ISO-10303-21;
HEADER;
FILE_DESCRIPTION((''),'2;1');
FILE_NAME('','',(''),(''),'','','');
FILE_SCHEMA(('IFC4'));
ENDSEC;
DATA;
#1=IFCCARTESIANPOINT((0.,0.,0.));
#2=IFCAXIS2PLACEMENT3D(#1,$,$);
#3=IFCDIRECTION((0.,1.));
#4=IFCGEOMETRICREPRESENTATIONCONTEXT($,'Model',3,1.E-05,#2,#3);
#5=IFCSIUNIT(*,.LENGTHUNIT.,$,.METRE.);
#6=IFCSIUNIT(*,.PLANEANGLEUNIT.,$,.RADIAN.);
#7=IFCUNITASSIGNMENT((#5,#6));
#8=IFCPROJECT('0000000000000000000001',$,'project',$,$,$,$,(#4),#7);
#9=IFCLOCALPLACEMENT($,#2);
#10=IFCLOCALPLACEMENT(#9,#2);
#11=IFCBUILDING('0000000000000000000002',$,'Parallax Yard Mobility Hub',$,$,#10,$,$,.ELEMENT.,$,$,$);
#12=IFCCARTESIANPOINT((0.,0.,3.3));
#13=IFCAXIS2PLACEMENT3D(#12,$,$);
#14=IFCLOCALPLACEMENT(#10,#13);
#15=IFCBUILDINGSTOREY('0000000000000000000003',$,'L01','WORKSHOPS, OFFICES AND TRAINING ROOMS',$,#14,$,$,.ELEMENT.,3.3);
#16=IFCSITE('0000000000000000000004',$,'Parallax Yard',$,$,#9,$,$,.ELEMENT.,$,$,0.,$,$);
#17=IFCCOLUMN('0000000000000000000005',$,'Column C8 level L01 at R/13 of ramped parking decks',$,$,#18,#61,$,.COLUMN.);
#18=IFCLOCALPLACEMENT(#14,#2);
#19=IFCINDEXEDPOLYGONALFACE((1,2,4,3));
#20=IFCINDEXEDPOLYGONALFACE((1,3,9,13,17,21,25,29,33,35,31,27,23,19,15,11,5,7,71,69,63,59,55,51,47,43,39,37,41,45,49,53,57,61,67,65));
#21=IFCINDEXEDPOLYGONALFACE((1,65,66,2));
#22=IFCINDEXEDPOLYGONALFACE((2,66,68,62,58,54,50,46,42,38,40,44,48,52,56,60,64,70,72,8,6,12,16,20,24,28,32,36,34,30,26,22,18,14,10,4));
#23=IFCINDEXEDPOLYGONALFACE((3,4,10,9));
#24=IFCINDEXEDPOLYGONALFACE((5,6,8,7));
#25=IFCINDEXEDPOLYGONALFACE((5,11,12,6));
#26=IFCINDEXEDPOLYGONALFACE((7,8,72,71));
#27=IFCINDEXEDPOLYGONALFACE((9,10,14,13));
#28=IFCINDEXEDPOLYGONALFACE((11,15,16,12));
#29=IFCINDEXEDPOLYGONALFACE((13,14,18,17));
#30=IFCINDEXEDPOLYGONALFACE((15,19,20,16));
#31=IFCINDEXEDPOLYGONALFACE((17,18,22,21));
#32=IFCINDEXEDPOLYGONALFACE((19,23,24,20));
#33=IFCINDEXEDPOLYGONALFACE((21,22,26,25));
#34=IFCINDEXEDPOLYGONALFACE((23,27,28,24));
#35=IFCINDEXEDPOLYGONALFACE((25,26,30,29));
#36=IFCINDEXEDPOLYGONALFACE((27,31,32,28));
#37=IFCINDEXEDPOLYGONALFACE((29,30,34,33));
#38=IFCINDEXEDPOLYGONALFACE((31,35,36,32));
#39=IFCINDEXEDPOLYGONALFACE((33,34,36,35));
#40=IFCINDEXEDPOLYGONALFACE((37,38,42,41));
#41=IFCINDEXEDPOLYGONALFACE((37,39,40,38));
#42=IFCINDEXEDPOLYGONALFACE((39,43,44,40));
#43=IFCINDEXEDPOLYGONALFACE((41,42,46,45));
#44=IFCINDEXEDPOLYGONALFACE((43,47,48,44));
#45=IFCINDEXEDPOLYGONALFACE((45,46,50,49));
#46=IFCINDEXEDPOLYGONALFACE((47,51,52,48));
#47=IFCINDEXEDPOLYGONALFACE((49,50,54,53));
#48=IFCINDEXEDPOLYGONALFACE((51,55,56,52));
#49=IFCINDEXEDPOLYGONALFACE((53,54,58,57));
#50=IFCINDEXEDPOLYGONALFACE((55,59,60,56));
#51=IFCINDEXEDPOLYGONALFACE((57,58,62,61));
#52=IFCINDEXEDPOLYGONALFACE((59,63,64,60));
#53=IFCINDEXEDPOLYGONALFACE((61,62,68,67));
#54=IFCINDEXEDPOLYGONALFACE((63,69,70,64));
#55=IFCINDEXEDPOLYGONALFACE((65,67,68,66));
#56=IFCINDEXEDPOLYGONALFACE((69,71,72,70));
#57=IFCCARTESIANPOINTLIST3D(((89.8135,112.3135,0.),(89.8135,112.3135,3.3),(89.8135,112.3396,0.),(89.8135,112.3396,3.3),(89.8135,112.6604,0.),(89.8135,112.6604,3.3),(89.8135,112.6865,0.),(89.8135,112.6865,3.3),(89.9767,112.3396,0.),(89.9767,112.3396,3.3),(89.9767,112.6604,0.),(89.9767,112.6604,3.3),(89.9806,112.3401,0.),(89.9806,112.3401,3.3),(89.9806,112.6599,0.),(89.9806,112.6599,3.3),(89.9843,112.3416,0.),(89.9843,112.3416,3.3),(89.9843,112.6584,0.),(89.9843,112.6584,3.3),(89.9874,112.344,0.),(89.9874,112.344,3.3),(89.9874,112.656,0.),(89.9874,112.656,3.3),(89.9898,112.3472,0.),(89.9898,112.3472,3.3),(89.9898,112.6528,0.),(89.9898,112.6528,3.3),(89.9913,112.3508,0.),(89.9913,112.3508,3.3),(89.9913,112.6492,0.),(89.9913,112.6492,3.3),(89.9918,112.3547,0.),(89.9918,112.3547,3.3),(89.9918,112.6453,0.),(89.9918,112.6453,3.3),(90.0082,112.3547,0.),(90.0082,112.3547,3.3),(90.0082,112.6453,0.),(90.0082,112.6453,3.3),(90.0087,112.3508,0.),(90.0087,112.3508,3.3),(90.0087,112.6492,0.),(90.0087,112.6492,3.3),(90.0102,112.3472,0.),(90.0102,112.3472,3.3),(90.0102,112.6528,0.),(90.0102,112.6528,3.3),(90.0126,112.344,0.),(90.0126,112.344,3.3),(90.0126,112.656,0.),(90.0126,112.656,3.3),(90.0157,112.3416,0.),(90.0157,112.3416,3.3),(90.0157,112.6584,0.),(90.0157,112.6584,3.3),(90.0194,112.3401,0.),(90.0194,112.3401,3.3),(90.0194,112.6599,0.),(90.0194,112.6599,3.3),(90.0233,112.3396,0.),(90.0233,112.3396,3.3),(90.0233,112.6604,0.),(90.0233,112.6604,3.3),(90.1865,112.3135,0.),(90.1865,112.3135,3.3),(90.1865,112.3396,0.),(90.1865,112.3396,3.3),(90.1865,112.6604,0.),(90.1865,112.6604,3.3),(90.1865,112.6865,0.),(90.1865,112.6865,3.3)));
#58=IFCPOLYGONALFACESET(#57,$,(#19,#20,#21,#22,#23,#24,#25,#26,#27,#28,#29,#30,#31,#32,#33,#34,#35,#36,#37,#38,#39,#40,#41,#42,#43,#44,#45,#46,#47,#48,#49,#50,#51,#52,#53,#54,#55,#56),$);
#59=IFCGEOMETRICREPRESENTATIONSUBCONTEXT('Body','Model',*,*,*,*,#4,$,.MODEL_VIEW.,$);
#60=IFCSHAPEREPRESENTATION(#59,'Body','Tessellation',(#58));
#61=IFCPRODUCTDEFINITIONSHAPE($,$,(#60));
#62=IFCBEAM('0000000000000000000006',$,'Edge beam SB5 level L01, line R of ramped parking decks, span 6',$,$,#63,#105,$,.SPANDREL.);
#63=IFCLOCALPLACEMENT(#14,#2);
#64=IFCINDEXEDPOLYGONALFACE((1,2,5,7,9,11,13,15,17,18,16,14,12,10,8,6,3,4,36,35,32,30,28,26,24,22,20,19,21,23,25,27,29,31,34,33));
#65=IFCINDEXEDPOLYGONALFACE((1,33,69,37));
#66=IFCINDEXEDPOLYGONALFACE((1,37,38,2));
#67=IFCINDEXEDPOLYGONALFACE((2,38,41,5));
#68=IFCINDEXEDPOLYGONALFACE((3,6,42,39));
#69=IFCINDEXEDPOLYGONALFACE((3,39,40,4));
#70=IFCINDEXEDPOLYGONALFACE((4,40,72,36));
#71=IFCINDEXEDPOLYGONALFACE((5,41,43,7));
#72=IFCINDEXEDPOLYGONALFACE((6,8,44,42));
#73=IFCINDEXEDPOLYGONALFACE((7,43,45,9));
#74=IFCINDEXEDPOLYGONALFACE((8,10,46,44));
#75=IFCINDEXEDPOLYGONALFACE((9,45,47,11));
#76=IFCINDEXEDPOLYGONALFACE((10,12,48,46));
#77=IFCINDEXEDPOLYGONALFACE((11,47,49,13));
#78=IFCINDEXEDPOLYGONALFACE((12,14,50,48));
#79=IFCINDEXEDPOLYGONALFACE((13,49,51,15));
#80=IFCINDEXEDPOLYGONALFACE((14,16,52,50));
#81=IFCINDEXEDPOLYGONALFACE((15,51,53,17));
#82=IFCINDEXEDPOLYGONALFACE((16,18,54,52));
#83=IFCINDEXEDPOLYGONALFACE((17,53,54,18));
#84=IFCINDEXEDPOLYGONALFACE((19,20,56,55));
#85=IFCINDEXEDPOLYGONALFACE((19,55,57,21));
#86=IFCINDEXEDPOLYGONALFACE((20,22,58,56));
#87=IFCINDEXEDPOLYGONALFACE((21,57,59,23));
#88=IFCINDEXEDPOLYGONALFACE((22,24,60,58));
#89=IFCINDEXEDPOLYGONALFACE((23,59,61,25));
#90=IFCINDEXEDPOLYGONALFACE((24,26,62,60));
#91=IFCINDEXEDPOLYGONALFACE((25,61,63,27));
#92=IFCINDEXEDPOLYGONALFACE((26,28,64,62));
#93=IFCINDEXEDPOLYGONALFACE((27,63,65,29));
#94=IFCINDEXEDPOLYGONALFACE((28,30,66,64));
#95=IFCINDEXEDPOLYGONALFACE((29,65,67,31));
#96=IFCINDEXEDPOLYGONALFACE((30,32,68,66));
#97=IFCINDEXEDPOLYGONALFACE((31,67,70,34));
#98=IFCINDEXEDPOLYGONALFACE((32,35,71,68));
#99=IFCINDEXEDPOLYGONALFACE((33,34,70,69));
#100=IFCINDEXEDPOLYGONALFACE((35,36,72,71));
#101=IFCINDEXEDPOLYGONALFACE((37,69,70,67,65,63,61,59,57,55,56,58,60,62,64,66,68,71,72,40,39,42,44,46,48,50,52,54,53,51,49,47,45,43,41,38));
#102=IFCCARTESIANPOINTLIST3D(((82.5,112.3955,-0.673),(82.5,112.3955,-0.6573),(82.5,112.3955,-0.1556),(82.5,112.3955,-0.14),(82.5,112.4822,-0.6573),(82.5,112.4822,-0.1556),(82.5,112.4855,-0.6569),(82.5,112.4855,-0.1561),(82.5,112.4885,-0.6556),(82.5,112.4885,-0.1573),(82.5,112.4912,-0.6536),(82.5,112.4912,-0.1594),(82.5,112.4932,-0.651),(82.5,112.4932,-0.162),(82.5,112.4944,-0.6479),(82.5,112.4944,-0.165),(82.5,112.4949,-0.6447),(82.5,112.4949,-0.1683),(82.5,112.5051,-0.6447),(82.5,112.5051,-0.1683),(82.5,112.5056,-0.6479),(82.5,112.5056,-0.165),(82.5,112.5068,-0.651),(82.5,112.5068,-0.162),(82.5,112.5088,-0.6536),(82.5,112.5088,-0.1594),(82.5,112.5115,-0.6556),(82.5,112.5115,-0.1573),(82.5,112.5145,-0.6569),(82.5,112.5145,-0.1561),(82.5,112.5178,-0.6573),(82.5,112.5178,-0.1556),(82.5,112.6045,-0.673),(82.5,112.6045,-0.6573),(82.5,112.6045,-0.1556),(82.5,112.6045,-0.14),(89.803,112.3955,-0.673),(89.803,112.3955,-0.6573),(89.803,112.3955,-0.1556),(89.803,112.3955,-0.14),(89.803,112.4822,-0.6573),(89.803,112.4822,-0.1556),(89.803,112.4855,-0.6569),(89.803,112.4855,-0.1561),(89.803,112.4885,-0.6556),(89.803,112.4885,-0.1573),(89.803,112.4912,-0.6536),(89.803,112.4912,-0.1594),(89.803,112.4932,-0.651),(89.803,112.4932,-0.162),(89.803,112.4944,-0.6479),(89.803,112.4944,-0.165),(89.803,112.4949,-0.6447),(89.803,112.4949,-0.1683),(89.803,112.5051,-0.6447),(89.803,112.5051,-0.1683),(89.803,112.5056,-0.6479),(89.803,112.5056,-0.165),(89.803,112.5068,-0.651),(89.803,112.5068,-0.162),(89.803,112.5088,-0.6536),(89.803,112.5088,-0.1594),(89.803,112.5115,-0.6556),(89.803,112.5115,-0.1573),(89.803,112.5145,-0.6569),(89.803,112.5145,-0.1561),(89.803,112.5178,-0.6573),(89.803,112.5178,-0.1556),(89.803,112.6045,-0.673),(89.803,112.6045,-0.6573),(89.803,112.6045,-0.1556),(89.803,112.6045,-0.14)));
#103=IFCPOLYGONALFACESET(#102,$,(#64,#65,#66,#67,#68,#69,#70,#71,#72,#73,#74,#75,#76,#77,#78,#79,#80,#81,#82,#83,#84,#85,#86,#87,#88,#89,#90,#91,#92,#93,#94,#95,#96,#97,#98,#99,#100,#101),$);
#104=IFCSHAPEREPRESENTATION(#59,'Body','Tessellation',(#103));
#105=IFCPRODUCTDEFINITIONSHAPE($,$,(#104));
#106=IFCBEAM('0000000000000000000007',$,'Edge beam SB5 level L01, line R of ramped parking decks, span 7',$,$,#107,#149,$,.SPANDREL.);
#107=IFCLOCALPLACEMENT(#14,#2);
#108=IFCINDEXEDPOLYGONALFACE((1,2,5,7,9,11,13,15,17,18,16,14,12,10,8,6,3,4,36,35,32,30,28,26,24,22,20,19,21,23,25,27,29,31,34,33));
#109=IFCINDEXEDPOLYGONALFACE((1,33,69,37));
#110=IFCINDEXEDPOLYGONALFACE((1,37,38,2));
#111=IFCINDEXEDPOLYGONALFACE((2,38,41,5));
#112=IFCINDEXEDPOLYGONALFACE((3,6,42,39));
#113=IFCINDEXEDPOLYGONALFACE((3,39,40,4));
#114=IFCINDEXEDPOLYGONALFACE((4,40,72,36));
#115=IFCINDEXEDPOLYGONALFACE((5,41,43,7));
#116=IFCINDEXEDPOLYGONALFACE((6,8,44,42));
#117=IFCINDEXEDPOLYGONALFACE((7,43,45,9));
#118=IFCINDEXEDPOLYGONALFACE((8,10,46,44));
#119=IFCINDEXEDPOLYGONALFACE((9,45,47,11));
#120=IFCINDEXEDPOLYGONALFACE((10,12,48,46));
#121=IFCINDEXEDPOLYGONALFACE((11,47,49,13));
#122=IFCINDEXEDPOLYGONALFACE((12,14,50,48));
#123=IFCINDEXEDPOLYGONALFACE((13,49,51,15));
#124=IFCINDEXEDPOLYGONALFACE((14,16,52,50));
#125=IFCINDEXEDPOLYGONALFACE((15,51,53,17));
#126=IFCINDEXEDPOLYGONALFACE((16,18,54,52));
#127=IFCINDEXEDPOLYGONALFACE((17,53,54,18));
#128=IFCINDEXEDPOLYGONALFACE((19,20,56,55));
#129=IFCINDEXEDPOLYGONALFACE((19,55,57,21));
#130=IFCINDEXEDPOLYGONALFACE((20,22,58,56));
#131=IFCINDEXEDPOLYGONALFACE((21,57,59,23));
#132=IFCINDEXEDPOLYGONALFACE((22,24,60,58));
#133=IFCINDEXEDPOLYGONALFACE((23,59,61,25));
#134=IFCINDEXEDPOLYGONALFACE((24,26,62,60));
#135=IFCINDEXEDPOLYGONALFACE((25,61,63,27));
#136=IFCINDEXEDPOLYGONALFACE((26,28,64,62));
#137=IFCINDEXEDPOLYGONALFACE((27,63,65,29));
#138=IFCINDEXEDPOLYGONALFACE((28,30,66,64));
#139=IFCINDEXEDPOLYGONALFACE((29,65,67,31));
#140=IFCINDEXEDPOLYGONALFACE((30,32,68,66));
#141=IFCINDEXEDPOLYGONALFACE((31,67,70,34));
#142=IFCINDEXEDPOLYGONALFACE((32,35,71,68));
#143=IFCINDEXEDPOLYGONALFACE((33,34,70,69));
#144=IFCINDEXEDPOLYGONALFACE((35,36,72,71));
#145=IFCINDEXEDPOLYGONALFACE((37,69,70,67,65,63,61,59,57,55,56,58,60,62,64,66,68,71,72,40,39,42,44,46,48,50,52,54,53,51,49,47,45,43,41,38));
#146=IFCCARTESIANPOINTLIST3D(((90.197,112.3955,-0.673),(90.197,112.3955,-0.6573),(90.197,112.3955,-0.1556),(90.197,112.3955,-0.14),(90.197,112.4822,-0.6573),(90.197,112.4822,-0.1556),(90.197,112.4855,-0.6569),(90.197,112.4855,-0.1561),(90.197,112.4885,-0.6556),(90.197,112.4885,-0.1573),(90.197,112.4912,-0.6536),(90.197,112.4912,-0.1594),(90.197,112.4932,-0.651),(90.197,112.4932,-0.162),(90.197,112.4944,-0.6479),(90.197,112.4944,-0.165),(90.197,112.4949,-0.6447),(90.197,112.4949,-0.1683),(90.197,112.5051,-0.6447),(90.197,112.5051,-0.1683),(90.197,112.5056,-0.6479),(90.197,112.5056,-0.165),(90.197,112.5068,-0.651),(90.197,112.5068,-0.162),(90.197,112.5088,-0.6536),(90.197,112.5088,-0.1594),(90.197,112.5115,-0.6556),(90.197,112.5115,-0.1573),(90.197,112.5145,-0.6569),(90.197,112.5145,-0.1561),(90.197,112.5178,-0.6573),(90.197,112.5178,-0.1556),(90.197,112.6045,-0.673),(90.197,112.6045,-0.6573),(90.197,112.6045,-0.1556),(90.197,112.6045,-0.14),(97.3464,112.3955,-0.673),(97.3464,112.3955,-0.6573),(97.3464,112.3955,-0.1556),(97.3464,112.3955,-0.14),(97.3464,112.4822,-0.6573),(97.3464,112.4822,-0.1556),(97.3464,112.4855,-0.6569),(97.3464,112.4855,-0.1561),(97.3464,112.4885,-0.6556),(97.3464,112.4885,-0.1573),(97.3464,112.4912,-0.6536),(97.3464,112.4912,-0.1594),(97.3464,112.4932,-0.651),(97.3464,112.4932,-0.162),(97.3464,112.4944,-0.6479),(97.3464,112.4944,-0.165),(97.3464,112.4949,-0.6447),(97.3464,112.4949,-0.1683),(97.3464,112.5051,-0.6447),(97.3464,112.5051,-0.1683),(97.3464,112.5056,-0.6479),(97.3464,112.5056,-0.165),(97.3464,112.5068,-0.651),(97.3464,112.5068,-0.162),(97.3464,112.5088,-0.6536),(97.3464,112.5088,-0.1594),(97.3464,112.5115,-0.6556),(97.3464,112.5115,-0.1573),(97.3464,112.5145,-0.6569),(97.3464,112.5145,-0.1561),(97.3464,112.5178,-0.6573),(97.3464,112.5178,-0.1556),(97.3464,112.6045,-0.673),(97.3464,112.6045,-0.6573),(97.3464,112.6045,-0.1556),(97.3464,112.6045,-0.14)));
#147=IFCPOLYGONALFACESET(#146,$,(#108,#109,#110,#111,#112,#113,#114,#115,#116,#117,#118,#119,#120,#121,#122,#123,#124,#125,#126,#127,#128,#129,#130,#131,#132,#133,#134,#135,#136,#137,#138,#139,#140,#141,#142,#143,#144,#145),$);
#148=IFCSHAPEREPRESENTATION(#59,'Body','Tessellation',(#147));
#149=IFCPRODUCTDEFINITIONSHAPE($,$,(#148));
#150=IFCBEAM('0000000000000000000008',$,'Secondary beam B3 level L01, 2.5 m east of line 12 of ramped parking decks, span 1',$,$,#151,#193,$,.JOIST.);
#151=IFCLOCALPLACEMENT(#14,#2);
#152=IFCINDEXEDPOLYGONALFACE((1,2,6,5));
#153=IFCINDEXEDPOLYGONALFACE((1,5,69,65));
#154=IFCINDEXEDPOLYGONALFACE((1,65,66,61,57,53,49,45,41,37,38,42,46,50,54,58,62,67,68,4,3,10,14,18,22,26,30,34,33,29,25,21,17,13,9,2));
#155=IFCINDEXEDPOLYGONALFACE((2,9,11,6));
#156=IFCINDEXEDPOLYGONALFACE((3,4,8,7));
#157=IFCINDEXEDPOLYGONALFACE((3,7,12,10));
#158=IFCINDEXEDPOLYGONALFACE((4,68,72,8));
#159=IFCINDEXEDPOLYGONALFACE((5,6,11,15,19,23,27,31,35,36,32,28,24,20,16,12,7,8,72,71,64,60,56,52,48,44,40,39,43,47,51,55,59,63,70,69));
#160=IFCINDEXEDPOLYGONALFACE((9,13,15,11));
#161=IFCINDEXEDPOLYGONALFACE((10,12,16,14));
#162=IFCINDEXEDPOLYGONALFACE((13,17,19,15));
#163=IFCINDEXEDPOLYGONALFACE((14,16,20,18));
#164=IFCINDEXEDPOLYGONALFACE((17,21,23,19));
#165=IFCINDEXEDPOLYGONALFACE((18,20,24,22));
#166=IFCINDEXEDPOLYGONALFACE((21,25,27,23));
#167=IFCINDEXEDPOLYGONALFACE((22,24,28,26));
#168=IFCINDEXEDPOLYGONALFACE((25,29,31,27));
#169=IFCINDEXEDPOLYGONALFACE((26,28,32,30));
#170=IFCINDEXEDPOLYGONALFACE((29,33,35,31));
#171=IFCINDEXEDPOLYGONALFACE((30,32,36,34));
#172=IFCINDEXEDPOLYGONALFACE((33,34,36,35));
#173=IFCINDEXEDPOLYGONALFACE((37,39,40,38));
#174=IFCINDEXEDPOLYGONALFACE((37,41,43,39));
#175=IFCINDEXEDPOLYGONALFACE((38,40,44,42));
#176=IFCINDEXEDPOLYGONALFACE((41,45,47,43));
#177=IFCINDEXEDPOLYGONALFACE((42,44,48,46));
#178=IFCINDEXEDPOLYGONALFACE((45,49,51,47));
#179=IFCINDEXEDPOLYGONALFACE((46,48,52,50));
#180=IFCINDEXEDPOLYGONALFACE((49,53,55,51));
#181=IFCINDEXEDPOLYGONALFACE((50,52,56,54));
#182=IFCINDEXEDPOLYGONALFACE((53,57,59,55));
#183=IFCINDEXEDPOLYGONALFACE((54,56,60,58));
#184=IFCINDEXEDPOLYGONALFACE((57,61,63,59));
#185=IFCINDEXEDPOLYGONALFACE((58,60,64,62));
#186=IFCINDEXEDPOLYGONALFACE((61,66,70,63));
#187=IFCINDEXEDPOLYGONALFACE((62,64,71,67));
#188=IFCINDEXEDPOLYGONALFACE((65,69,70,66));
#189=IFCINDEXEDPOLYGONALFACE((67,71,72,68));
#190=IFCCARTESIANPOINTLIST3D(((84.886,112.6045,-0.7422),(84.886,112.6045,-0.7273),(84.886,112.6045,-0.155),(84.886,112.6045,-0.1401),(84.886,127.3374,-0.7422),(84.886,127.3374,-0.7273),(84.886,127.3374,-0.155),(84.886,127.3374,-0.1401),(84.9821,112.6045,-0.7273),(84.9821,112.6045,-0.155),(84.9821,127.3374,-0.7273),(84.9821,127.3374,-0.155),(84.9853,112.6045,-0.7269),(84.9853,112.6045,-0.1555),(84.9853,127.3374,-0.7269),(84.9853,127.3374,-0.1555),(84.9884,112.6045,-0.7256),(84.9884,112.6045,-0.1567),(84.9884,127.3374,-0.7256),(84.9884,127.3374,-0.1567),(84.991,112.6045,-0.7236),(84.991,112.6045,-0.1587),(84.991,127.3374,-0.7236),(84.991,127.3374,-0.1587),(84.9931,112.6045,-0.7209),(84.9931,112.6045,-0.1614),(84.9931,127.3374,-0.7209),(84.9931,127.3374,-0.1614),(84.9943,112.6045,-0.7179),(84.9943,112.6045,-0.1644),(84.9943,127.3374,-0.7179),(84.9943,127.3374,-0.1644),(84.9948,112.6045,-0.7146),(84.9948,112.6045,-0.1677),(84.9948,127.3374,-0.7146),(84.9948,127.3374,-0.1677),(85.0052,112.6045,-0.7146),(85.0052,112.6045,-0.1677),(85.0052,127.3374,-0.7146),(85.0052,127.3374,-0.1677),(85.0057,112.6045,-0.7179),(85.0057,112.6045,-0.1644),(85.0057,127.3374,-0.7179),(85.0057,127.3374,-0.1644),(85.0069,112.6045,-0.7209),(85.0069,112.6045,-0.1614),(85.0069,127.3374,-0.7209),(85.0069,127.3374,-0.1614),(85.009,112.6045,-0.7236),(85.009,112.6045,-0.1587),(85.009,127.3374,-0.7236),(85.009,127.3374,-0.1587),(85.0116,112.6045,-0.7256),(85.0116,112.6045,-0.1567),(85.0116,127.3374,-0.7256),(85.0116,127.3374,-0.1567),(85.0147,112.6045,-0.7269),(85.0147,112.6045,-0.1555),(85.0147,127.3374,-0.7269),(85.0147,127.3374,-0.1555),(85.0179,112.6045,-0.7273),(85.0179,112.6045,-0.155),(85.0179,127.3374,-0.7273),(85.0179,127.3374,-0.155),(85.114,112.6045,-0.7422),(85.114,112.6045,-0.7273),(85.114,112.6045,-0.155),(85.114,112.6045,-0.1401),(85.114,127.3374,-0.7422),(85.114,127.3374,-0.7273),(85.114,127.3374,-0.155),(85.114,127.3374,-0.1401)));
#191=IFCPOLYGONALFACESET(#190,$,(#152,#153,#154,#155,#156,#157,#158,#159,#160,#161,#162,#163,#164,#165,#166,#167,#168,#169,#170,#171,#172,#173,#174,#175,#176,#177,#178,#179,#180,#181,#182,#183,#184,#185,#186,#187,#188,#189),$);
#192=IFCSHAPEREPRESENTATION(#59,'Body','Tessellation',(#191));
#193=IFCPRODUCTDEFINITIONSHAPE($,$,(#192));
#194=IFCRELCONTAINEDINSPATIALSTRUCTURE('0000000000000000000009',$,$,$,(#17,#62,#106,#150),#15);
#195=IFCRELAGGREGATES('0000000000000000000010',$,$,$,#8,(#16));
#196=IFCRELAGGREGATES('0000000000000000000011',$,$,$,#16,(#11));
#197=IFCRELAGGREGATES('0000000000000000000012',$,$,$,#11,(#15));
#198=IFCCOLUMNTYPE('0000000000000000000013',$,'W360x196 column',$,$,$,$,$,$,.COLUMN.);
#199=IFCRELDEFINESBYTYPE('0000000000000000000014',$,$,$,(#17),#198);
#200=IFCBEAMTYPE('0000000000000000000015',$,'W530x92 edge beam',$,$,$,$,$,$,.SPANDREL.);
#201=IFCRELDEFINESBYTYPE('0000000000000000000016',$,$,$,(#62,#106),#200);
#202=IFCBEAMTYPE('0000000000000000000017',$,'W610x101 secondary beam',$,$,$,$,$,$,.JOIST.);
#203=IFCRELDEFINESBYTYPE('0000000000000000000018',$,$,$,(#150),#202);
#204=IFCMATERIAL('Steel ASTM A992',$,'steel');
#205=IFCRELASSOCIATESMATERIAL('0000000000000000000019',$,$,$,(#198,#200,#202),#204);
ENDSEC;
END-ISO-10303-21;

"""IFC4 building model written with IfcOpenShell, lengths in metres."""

from ifc_helpers import new_model, si_unit, direction, frame, origin, origin_2d, place, context, subcontext, project, spatial, i_section, extrude, material, material_profile, profile_set, type_object, element, save


model = new_model("IFC4")

# Units and contexts
model_context = context("Model", 3, precision=1e-05, world=origin(), true_north=direction((0.0, 1.0)))
body_context = subcontext(model_context, "Body", "Model", "MODEL_VIEW")
ifc_project = project(units=[si_unit("LENGTHUNIT", "METRE"), si_unit("PLANEANGLEUNIT", "RADIAN")], contexts=[model_context])

# Site, building, storey
site_placement = place(None, origin())
site = spatial("IfcSite", under=ifc_project, at=site_placement, Name="Parallax Yard", CompositionType="ELEMENT", RefElevation=0.0)
building_placement = place(site_placement, origin())
building = spatial("IfcBuilding", under=site, at=building_placement, Name="Parallax Yard Mobility Hub", CompositionType="ELEMENT")
storey_placement = place(building_placement, frame((0.0, 0.0, 3.3)))
storey = spatial("IfcBuildingStorey", under=building, at=storey_placement, Name="L01", Description="WORKSHOPS, OFFICES AND TRAINING ROOMS", CompositionType="ELEMENT", Elevation=3.3)

# Column
ifc_material_1 = material(Name="Steel ASTM A992", Category="steel")
ifc_material_profile_1 = material_profile(ifc_material_1, i_section(OverallWidth=0.373, OverallDepth=0.373, WebThickness=0.0164, FlangeThickness=0.0261, FilletRadius=0.0151, at=origin_2d()), Name="W360x196")
ifc_profile_set_1 = profile_set([ifc_material_profile_1], Name="Steel ASTM A992")
column_type = type_object("IfcColumnType", Name="W360x196 column", PredefinedType="COLUMN", material=ifc_profile_set_1)
column_placement = place(storey_placement, frame((90.0, 112.5, 0.0), z_axis=(0.0, 0.0, 1.0), x_axis=(1.0, 0.0, 0.0)))
element("IfcColumn", 1, at=column_placement, inside=storey, type_object=column_type, Name="Column C8 level L01 at R/13 of ramped parking decks", PredefinedType="COLUMN", context=body_context, shape_type="SweptSolid", body=[
    extrude(i_section(OverallWidth=0.373, OverallDepth=0.373, WebThickness=0.0164, FlangeThickness=0.0261, FilletRadius=0.0151, at=origin_2d()), origin(), (0.0, 0.0, 1.0), 3.3),
])

# Beams
ifc_material_profile_2 = material_profile(ifc_material_1, i_section(OverallWidth=0.209, OverallDepth=0.533, WebThickness=0.0103, FlangeThickness=0.0156, FilletRadius=0.0127, at=origin_2d()), Name="W530x92")
ifc_profile_set_2 = profile_set([ifc_material_profile_2], Name="Steel ASTM A992")
beam_type_1 = type_object("IfcBeamType", Name="W530x92 edge beam", PredefinedType="SPANDREL", material=ifc_profile_set_2)
beam_1_placement = place(storey_placement, frame((82.5, 112.5, -0.4065), z_axis=(1.0, 0.0, 0.0), x_axis=(0.0, 1.0, 0.0)))
element("IfcBeam", 2, at=beam_1_placement, inside=storey, type_object=beam_type_1, Name="Edge beam SB5 level L01, line R of ramped parking decks, span 6", PredefinedType="SPANDREL", context=body_context, shape_type="SweptSolid", body=[
    extrude(i_section(OverallWidth=0.209, OverallDepth=0.533, WebThickness=0.0103, FlangeThickness=0.0156, FilletRadius=0.0127, at=origin_2d()), origin(), (0.0, 0.0, 1.0), 7.303),
])
beam_2_placement = place(storey_placement, frame((90.197, 112.5, -0.4065), z_axis=(1.0, 0.0, 0.0), x_axis=(0.0, 1.0, 0.0)))
element("IfcBeam", 3, at=beam_2_placement, inside=storey, type_object=beam_type_1, Name="Edge beam SB5 level L01, line R of ramped parking decks, span 7", PredefinedType="SPANDREL", context=body_context, shape_type="SweptSolid", body=[
    extrude(i_section(OverallWidth=0.209, OverallDepth=0.533, WebThickness=0.0103, FlangeThickness=0.0156, FilletRadius=0.0127, at=origin_2d()), origin(), (0.0, 0.0, 1.0), 7.1494),
])
ifc_material_profile_3 = material_profile(ifc_material_1, i_section(OverallWidth=0.228, OverallDepth=0.6021, WebThickness=0.0105, FlangeThickness=0.0149, FilletRadius=0.0127, at=origin_2d()), Name="W610x101")
ifc_profile_set_3 = profile_set([ifc_material_profile_3], Name="Steel ASTM A992")
beam_type_2 = type_object("IfcBeamType", Name="W610x101 secondary beam", PredefinedType="JOIST", material=ifc_profile_set_3)
for number, where, z_axis, x_axis, name in (
    (4, (85.0, 112.6045, -0.4412), (0.0, 1.0, 0.0), (-1.0, 0.0, 0.0), "Secondary beam B3 level L01, 2.5 m east of line 12 of ramped parking decks, span 1"),
):
    element("IfcBeam", number, at=place(storey_placement, frame(where, z_axis=z_axis, x_axis=x_axis)), inside=storey, type_object=beam_type_2, Name=name, PredefinedType="JOIST", context=body_context, shape_type="SweptSolid", body=[
        extrude(i_section(OverallWidth=0.228, OverallDepth=0.6021, WebThickness=0.0105, FlangeThickness=0.0149, FilletRadius=0.0127, at=origin_2d()), origin(), (0.0, 0.0, 1.0), 14.7329),
    ])

save(model, "model.ifc")
